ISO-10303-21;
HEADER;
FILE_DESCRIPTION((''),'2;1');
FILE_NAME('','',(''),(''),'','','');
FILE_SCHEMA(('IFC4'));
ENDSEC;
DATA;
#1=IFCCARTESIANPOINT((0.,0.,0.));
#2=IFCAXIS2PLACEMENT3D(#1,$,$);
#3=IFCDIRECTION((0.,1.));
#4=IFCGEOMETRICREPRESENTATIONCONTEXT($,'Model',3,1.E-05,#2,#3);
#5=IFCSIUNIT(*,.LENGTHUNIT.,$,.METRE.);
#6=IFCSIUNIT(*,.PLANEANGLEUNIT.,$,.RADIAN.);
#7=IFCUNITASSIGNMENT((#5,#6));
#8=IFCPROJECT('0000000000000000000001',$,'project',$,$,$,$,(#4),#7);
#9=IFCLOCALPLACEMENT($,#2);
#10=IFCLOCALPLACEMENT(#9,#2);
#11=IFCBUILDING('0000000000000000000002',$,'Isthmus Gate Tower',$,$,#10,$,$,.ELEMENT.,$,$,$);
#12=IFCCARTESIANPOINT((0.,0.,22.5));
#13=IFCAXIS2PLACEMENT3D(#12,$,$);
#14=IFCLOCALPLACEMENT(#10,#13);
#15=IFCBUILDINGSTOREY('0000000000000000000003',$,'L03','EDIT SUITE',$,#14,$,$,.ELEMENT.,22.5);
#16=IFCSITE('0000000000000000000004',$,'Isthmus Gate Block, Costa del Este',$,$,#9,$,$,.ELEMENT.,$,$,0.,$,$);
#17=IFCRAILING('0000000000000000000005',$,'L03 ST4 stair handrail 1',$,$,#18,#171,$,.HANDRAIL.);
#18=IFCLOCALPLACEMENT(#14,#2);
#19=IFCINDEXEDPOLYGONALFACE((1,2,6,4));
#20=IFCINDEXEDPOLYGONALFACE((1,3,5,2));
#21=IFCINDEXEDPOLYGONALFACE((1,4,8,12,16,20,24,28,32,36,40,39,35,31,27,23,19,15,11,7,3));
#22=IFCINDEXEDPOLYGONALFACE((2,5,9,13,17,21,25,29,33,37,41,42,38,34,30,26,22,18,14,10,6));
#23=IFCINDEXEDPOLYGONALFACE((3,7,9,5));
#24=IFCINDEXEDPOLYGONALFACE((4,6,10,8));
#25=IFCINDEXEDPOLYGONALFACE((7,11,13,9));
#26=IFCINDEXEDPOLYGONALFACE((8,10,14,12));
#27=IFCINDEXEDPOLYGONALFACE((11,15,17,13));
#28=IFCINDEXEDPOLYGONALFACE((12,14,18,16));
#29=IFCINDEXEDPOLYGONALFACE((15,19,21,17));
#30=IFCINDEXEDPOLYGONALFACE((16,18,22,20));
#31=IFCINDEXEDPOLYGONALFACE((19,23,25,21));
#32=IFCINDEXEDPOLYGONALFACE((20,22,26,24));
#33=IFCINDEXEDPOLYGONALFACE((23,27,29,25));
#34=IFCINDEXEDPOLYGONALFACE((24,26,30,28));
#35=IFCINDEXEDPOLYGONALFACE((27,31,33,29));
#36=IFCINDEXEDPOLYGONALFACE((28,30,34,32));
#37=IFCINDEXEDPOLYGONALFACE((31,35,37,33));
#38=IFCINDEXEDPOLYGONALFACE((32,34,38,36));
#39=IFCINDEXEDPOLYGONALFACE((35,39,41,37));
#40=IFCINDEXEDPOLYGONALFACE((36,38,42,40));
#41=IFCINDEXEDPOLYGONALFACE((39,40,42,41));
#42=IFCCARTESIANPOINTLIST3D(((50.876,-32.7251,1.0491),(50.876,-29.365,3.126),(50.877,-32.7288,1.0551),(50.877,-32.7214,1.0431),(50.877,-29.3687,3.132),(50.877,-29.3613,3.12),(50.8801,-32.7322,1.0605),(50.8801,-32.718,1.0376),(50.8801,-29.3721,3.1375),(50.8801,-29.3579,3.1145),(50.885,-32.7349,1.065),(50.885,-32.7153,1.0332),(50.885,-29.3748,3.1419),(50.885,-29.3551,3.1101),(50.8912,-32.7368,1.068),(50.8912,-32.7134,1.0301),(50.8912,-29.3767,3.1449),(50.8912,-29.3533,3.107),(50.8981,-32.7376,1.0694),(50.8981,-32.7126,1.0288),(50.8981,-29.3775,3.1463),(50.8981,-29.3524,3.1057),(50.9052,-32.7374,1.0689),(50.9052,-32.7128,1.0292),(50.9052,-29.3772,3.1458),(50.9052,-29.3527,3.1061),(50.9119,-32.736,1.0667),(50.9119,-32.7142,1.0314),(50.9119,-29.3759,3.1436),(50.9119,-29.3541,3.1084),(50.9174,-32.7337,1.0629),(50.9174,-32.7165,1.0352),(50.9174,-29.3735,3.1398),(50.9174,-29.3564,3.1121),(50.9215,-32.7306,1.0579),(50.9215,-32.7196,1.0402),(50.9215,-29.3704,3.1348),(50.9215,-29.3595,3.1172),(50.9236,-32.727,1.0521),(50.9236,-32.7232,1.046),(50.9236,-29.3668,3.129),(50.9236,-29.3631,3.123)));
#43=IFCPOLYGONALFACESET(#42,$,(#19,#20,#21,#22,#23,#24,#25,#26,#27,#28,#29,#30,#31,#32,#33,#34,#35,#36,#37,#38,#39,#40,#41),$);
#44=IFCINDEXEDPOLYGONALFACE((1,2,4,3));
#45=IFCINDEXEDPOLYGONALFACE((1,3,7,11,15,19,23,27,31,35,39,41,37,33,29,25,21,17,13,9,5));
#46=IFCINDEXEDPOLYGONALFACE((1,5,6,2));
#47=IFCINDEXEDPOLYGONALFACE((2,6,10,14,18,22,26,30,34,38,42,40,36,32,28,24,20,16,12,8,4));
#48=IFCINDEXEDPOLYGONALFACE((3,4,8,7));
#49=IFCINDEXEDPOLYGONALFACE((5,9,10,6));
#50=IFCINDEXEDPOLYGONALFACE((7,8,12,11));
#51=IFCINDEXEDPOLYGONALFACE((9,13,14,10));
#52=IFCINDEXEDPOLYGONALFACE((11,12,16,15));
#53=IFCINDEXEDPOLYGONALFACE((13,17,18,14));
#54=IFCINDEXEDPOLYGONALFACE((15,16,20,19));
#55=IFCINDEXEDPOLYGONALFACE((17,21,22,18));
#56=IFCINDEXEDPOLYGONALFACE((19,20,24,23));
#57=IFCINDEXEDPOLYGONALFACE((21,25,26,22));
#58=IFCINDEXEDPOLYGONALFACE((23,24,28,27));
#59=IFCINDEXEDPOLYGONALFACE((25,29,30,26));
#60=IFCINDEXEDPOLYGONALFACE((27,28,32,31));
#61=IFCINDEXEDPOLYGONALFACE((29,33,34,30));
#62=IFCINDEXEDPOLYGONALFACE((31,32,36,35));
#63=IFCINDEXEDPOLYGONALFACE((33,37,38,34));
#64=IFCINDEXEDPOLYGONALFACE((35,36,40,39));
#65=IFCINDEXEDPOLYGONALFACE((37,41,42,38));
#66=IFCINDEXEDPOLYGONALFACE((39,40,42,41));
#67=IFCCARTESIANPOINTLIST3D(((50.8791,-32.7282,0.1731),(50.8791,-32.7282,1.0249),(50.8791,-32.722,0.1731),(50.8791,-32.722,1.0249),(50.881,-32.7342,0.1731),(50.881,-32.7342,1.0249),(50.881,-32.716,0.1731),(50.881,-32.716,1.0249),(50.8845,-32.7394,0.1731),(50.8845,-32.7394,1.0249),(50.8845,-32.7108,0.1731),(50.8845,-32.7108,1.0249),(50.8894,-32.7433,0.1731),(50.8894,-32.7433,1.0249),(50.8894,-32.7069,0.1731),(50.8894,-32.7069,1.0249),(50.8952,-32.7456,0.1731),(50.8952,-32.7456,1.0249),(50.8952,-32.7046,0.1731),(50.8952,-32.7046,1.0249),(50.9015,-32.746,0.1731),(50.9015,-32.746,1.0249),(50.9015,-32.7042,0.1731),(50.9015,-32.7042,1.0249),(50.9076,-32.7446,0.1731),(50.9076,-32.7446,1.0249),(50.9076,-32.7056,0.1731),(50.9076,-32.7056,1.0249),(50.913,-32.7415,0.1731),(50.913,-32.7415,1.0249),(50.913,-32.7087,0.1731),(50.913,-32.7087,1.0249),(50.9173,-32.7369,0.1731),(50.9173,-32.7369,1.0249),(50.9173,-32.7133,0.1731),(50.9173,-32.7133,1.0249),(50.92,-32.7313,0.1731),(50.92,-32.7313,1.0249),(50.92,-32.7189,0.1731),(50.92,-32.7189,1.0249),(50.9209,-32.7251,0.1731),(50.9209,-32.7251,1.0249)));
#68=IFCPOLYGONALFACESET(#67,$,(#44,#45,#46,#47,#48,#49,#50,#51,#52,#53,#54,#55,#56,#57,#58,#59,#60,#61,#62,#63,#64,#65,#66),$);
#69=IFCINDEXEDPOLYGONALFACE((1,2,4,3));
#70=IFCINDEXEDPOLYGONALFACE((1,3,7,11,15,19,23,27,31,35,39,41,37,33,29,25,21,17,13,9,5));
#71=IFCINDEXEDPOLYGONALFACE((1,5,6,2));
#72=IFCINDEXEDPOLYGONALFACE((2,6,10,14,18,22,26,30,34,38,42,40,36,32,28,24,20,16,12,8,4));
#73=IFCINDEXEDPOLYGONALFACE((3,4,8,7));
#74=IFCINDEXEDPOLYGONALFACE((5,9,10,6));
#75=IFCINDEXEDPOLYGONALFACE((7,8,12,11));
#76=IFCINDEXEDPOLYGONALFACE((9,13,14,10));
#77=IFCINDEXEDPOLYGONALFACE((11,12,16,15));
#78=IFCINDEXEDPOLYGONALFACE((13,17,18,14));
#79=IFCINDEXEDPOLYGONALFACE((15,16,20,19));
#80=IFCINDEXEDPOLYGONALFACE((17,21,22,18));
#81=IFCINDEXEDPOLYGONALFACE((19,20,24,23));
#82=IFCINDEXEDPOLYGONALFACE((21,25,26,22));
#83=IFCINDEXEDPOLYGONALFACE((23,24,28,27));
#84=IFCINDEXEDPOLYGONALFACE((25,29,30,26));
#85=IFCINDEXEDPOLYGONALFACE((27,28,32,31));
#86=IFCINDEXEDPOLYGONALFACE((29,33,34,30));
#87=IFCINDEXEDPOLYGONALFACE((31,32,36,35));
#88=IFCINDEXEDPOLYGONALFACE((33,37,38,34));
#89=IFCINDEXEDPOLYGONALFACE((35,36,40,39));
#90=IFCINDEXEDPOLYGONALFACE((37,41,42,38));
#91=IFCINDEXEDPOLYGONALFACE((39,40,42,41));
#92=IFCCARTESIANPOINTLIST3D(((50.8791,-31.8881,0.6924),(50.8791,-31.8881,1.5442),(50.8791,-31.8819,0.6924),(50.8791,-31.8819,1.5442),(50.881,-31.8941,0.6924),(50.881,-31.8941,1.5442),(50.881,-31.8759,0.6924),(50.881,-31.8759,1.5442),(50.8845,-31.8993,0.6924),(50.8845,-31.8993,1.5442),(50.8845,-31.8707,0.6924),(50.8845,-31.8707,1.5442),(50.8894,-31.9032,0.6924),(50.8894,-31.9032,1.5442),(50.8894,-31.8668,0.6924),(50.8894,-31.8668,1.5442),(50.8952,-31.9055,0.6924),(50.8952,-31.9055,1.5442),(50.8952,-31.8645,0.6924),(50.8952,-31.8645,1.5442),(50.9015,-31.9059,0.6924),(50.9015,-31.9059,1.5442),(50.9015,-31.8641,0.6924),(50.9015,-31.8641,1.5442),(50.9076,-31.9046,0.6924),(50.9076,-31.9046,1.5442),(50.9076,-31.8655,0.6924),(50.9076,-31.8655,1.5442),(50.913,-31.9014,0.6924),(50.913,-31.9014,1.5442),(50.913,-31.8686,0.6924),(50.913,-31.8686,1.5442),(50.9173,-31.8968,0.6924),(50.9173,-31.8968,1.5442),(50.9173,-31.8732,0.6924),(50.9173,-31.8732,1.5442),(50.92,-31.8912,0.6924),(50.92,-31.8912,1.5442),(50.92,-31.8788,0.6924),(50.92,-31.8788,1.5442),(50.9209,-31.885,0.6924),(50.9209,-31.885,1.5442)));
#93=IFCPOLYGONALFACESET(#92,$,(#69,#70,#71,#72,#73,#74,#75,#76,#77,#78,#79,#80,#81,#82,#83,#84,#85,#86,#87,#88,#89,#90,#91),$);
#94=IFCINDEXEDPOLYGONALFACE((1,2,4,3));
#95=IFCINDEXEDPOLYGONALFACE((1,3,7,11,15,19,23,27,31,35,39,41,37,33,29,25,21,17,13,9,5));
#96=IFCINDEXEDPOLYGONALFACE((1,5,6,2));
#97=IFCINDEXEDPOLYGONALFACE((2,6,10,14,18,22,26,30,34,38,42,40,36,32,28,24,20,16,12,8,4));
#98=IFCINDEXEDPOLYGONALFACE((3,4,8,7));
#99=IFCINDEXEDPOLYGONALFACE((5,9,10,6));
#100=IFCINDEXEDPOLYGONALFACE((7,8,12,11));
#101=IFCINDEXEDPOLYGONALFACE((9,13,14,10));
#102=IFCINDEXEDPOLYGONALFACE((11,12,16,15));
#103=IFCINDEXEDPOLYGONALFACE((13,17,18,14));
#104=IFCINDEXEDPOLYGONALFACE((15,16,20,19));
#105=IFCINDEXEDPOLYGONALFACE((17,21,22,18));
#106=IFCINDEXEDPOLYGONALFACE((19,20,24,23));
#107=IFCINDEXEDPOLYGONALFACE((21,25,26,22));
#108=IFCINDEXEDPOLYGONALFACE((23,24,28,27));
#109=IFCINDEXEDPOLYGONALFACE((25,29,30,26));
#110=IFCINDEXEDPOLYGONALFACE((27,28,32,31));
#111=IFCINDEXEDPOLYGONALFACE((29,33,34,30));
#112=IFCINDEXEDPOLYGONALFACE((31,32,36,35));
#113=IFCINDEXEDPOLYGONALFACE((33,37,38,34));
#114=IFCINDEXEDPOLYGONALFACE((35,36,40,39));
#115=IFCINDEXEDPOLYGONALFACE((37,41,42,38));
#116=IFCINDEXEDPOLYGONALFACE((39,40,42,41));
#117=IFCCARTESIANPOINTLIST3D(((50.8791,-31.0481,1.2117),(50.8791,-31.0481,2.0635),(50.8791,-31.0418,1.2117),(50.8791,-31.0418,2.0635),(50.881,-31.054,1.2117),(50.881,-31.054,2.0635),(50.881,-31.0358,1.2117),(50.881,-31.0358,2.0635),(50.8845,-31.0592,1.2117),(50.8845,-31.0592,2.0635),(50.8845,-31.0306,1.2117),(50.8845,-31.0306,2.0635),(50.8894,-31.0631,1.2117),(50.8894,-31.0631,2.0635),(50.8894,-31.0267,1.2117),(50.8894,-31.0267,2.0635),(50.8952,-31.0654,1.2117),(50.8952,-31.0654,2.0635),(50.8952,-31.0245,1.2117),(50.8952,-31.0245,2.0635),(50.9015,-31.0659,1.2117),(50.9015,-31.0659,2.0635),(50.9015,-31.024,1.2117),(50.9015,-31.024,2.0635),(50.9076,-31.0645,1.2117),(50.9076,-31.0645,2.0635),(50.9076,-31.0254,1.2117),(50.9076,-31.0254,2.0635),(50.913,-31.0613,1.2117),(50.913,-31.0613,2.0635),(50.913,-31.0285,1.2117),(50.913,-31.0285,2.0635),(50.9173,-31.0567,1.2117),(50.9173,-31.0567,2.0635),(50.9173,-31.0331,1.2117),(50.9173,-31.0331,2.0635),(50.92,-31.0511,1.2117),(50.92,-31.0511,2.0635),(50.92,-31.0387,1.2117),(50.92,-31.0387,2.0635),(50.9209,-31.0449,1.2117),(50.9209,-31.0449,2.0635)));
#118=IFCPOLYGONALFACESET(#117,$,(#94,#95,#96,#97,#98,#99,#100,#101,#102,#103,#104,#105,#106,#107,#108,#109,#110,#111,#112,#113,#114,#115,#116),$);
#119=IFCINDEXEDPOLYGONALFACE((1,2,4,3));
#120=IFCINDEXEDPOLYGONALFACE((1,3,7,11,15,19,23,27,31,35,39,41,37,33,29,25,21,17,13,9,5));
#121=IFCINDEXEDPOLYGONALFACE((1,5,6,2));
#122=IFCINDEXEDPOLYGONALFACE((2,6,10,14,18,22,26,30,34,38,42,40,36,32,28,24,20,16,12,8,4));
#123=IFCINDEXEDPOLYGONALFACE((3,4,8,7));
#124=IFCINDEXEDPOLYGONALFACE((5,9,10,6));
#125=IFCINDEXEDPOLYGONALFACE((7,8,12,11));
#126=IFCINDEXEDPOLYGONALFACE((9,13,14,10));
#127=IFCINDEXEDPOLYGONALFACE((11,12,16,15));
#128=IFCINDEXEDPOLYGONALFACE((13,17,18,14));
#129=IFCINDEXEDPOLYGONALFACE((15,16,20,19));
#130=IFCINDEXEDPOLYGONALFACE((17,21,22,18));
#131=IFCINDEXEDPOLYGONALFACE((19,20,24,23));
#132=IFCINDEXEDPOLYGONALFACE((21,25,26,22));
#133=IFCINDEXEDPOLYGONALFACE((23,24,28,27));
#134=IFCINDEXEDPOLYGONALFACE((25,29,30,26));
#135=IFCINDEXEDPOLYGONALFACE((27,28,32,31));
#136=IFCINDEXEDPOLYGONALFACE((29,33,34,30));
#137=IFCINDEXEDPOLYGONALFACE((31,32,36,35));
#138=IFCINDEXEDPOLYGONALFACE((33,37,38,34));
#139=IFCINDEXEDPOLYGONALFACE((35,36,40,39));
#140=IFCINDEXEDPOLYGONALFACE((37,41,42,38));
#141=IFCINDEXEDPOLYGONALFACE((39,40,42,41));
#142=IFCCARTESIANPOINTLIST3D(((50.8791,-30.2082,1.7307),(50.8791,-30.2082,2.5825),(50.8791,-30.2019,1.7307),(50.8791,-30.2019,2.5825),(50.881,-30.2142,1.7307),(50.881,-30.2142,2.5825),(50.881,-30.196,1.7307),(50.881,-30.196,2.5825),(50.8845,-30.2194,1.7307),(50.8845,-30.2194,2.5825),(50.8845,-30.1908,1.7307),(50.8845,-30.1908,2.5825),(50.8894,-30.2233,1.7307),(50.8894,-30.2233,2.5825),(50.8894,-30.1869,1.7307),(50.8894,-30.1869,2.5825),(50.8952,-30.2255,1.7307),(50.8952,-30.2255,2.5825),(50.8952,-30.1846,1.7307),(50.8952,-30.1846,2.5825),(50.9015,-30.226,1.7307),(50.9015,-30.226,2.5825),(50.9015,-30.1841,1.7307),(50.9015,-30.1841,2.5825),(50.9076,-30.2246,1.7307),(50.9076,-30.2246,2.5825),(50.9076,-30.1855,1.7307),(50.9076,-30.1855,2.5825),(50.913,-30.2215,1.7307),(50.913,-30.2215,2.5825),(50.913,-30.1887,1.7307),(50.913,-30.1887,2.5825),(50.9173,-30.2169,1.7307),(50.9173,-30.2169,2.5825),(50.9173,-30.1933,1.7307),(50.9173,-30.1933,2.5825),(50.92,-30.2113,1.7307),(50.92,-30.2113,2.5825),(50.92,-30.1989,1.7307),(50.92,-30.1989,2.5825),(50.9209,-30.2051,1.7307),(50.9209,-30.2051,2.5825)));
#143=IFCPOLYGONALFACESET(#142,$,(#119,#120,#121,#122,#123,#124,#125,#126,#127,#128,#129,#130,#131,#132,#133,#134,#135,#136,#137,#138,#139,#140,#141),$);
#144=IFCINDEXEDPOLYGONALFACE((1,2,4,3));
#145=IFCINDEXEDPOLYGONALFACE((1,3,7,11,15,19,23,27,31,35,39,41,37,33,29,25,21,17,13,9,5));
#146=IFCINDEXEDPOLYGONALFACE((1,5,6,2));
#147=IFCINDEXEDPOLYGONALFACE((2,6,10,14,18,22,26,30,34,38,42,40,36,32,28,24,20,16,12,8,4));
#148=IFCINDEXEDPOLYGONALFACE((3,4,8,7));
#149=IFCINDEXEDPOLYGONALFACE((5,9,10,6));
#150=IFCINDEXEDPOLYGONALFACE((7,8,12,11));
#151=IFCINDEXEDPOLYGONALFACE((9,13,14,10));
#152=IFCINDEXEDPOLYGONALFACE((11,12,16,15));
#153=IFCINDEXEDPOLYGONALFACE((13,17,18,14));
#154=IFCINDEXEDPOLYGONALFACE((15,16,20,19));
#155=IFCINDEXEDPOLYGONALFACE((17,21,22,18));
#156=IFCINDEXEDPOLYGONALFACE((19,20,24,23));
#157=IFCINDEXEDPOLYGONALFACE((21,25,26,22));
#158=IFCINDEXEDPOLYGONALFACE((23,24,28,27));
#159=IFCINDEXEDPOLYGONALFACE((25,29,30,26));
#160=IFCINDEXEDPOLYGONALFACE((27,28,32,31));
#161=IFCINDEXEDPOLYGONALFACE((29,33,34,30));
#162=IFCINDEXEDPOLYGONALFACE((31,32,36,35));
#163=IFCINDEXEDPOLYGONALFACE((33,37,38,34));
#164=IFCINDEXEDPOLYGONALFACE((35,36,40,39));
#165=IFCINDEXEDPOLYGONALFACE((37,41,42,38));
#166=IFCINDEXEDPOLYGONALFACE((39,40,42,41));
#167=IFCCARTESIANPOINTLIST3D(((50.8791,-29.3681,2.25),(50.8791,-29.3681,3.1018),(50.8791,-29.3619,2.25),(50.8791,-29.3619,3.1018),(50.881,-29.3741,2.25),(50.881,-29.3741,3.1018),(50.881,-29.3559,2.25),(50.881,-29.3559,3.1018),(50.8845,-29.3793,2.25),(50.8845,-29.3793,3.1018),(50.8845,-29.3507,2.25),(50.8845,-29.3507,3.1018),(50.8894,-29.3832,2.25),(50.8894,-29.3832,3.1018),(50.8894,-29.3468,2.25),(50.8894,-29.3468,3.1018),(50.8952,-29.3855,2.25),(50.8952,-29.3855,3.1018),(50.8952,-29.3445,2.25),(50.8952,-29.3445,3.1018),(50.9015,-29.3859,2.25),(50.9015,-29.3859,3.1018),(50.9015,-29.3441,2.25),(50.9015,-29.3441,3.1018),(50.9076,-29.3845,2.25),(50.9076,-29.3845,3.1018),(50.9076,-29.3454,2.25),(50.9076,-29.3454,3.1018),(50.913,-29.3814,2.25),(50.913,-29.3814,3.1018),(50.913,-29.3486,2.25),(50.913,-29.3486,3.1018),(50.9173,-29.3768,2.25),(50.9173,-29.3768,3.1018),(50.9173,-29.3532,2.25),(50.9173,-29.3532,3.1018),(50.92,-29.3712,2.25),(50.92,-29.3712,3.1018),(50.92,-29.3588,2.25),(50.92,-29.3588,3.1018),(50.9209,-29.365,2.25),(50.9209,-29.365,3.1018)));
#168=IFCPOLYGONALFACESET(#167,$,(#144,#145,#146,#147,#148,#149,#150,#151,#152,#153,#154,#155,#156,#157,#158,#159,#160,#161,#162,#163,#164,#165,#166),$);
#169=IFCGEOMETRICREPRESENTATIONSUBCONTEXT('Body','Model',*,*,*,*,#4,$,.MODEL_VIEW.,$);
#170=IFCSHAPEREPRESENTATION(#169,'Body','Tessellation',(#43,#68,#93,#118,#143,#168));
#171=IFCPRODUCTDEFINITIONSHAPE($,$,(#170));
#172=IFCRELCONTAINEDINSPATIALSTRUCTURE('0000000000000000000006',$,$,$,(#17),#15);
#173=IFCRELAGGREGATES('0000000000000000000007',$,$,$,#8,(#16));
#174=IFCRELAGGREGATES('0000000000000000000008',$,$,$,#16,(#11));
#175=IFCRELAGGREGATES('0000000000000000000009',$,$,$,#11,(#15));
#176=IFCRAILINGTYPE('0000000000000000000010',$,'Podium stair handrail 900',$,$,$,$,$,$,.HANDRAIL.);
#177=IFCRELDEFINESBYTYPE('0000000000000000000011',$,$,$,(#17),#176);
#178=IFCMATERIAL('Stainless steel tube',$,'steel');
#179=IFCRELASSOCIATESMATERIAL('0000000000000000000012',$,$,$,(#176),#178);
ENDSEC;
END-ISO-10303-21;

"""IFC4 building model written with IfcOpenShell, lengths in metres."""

from ifc_helpers import new_model, si_unit, direction, frame, origin, origin_2d, place, context, subcontext, project, spatial, circle, extrude, material, type_object, element, save


model = new_model("IFC4")

# Units and contexts
model_context = context("Model", 3, precision=1e-05, world=origin(), true_north=direction((0.0, 1.0)))
body_context = subcontext(model_context, "Body", "Model", "MODEL_VIEW")
ifc_project = project(units=[si_unit("LENGTHUNIT", "METRE"), si_unit("PLANEANGLEUNIT", "RADIAN")], contexts=[model_context])

# Site, building, storey
site_placement = place(None, origin())
site = spatial("IfcSite", under=ifc_project, at=site_placement, Name="Isthmus Gate Block, Costa del Este", CompositionType="ELEMENT", RefElevation=0.0)
building_placement = place(site_placement, origin())
building = spatial("IfcBuilding", under=site, at=building_placement, Name="Isthmus Gate Tower", CompositionType="ELEMENT")
storey_placement = place(building_placement, frame((0.0, 0.0, 22.5)))
storey = spatial("IfcBuildingStorey", under=building, at=storey_placement, Name="L03", Description="EDIT SUITE", CompositionType="ELEMENT", Elevation=22.5)

# Railing
ifc_material_1 = material(Name="Stainless steel tube", Category="steel")
railing_type_1 = type_object("IfcRailingType", Name="Podium stair handrail 900", PredefinedType="HANDRAIL", material=ifc_material_1)
railing_1_placement = place(storey_placement, frame((50.8999, -32.7251, 0.1731)))
element("IfcRailing", 1, at=railing_1_placement, inside=storey, type_object=railing_type_1, Name="L03 ST4 stair handrail 1", PredefinedType="HANDRAIL", context=body_context, shape_type="SweptSolid", body=[
    extrude(circle(Radius=0.0239, at=origin_2d()), frame((0.0, 0.0, 0.876), z_axis=(0.0, 0.850623, 0.525776), x_axis=(-1.0, 0.0, 0.0)), (0.0, 0.0, 1.0), 3.9502),
    extrude(circle(Radius=0.021, at=origin_2d()), origin(), (0.0, 0.0, 1.0), 0.8518),
    extrude(circle(Radius=0.021, at=origin_2d()), frame((0.0, 0.8401, 0.5193)), (0.0, 0.0, 1.0), 0.8518),
    extrude(circle(Radius=0.021, at=origin_2d()), frame((0.0, 1.6802, 1.0386)), (0.0, 0.0, 1.0), 0.8518),
    extrude(circle(Radius=0.021, at=origin_2d()), frame((0.0, 2.52, 1.5576)), (0.0, 0.0, 1.0), 0.8518),
    extrude(circle(Radius=0.021, at=origin_2d()), frame((0.0, 3.3601, 2.0769)), (0.0, 0.0, 1.0), 0.8518),
])

save(model, "model.ifc")
